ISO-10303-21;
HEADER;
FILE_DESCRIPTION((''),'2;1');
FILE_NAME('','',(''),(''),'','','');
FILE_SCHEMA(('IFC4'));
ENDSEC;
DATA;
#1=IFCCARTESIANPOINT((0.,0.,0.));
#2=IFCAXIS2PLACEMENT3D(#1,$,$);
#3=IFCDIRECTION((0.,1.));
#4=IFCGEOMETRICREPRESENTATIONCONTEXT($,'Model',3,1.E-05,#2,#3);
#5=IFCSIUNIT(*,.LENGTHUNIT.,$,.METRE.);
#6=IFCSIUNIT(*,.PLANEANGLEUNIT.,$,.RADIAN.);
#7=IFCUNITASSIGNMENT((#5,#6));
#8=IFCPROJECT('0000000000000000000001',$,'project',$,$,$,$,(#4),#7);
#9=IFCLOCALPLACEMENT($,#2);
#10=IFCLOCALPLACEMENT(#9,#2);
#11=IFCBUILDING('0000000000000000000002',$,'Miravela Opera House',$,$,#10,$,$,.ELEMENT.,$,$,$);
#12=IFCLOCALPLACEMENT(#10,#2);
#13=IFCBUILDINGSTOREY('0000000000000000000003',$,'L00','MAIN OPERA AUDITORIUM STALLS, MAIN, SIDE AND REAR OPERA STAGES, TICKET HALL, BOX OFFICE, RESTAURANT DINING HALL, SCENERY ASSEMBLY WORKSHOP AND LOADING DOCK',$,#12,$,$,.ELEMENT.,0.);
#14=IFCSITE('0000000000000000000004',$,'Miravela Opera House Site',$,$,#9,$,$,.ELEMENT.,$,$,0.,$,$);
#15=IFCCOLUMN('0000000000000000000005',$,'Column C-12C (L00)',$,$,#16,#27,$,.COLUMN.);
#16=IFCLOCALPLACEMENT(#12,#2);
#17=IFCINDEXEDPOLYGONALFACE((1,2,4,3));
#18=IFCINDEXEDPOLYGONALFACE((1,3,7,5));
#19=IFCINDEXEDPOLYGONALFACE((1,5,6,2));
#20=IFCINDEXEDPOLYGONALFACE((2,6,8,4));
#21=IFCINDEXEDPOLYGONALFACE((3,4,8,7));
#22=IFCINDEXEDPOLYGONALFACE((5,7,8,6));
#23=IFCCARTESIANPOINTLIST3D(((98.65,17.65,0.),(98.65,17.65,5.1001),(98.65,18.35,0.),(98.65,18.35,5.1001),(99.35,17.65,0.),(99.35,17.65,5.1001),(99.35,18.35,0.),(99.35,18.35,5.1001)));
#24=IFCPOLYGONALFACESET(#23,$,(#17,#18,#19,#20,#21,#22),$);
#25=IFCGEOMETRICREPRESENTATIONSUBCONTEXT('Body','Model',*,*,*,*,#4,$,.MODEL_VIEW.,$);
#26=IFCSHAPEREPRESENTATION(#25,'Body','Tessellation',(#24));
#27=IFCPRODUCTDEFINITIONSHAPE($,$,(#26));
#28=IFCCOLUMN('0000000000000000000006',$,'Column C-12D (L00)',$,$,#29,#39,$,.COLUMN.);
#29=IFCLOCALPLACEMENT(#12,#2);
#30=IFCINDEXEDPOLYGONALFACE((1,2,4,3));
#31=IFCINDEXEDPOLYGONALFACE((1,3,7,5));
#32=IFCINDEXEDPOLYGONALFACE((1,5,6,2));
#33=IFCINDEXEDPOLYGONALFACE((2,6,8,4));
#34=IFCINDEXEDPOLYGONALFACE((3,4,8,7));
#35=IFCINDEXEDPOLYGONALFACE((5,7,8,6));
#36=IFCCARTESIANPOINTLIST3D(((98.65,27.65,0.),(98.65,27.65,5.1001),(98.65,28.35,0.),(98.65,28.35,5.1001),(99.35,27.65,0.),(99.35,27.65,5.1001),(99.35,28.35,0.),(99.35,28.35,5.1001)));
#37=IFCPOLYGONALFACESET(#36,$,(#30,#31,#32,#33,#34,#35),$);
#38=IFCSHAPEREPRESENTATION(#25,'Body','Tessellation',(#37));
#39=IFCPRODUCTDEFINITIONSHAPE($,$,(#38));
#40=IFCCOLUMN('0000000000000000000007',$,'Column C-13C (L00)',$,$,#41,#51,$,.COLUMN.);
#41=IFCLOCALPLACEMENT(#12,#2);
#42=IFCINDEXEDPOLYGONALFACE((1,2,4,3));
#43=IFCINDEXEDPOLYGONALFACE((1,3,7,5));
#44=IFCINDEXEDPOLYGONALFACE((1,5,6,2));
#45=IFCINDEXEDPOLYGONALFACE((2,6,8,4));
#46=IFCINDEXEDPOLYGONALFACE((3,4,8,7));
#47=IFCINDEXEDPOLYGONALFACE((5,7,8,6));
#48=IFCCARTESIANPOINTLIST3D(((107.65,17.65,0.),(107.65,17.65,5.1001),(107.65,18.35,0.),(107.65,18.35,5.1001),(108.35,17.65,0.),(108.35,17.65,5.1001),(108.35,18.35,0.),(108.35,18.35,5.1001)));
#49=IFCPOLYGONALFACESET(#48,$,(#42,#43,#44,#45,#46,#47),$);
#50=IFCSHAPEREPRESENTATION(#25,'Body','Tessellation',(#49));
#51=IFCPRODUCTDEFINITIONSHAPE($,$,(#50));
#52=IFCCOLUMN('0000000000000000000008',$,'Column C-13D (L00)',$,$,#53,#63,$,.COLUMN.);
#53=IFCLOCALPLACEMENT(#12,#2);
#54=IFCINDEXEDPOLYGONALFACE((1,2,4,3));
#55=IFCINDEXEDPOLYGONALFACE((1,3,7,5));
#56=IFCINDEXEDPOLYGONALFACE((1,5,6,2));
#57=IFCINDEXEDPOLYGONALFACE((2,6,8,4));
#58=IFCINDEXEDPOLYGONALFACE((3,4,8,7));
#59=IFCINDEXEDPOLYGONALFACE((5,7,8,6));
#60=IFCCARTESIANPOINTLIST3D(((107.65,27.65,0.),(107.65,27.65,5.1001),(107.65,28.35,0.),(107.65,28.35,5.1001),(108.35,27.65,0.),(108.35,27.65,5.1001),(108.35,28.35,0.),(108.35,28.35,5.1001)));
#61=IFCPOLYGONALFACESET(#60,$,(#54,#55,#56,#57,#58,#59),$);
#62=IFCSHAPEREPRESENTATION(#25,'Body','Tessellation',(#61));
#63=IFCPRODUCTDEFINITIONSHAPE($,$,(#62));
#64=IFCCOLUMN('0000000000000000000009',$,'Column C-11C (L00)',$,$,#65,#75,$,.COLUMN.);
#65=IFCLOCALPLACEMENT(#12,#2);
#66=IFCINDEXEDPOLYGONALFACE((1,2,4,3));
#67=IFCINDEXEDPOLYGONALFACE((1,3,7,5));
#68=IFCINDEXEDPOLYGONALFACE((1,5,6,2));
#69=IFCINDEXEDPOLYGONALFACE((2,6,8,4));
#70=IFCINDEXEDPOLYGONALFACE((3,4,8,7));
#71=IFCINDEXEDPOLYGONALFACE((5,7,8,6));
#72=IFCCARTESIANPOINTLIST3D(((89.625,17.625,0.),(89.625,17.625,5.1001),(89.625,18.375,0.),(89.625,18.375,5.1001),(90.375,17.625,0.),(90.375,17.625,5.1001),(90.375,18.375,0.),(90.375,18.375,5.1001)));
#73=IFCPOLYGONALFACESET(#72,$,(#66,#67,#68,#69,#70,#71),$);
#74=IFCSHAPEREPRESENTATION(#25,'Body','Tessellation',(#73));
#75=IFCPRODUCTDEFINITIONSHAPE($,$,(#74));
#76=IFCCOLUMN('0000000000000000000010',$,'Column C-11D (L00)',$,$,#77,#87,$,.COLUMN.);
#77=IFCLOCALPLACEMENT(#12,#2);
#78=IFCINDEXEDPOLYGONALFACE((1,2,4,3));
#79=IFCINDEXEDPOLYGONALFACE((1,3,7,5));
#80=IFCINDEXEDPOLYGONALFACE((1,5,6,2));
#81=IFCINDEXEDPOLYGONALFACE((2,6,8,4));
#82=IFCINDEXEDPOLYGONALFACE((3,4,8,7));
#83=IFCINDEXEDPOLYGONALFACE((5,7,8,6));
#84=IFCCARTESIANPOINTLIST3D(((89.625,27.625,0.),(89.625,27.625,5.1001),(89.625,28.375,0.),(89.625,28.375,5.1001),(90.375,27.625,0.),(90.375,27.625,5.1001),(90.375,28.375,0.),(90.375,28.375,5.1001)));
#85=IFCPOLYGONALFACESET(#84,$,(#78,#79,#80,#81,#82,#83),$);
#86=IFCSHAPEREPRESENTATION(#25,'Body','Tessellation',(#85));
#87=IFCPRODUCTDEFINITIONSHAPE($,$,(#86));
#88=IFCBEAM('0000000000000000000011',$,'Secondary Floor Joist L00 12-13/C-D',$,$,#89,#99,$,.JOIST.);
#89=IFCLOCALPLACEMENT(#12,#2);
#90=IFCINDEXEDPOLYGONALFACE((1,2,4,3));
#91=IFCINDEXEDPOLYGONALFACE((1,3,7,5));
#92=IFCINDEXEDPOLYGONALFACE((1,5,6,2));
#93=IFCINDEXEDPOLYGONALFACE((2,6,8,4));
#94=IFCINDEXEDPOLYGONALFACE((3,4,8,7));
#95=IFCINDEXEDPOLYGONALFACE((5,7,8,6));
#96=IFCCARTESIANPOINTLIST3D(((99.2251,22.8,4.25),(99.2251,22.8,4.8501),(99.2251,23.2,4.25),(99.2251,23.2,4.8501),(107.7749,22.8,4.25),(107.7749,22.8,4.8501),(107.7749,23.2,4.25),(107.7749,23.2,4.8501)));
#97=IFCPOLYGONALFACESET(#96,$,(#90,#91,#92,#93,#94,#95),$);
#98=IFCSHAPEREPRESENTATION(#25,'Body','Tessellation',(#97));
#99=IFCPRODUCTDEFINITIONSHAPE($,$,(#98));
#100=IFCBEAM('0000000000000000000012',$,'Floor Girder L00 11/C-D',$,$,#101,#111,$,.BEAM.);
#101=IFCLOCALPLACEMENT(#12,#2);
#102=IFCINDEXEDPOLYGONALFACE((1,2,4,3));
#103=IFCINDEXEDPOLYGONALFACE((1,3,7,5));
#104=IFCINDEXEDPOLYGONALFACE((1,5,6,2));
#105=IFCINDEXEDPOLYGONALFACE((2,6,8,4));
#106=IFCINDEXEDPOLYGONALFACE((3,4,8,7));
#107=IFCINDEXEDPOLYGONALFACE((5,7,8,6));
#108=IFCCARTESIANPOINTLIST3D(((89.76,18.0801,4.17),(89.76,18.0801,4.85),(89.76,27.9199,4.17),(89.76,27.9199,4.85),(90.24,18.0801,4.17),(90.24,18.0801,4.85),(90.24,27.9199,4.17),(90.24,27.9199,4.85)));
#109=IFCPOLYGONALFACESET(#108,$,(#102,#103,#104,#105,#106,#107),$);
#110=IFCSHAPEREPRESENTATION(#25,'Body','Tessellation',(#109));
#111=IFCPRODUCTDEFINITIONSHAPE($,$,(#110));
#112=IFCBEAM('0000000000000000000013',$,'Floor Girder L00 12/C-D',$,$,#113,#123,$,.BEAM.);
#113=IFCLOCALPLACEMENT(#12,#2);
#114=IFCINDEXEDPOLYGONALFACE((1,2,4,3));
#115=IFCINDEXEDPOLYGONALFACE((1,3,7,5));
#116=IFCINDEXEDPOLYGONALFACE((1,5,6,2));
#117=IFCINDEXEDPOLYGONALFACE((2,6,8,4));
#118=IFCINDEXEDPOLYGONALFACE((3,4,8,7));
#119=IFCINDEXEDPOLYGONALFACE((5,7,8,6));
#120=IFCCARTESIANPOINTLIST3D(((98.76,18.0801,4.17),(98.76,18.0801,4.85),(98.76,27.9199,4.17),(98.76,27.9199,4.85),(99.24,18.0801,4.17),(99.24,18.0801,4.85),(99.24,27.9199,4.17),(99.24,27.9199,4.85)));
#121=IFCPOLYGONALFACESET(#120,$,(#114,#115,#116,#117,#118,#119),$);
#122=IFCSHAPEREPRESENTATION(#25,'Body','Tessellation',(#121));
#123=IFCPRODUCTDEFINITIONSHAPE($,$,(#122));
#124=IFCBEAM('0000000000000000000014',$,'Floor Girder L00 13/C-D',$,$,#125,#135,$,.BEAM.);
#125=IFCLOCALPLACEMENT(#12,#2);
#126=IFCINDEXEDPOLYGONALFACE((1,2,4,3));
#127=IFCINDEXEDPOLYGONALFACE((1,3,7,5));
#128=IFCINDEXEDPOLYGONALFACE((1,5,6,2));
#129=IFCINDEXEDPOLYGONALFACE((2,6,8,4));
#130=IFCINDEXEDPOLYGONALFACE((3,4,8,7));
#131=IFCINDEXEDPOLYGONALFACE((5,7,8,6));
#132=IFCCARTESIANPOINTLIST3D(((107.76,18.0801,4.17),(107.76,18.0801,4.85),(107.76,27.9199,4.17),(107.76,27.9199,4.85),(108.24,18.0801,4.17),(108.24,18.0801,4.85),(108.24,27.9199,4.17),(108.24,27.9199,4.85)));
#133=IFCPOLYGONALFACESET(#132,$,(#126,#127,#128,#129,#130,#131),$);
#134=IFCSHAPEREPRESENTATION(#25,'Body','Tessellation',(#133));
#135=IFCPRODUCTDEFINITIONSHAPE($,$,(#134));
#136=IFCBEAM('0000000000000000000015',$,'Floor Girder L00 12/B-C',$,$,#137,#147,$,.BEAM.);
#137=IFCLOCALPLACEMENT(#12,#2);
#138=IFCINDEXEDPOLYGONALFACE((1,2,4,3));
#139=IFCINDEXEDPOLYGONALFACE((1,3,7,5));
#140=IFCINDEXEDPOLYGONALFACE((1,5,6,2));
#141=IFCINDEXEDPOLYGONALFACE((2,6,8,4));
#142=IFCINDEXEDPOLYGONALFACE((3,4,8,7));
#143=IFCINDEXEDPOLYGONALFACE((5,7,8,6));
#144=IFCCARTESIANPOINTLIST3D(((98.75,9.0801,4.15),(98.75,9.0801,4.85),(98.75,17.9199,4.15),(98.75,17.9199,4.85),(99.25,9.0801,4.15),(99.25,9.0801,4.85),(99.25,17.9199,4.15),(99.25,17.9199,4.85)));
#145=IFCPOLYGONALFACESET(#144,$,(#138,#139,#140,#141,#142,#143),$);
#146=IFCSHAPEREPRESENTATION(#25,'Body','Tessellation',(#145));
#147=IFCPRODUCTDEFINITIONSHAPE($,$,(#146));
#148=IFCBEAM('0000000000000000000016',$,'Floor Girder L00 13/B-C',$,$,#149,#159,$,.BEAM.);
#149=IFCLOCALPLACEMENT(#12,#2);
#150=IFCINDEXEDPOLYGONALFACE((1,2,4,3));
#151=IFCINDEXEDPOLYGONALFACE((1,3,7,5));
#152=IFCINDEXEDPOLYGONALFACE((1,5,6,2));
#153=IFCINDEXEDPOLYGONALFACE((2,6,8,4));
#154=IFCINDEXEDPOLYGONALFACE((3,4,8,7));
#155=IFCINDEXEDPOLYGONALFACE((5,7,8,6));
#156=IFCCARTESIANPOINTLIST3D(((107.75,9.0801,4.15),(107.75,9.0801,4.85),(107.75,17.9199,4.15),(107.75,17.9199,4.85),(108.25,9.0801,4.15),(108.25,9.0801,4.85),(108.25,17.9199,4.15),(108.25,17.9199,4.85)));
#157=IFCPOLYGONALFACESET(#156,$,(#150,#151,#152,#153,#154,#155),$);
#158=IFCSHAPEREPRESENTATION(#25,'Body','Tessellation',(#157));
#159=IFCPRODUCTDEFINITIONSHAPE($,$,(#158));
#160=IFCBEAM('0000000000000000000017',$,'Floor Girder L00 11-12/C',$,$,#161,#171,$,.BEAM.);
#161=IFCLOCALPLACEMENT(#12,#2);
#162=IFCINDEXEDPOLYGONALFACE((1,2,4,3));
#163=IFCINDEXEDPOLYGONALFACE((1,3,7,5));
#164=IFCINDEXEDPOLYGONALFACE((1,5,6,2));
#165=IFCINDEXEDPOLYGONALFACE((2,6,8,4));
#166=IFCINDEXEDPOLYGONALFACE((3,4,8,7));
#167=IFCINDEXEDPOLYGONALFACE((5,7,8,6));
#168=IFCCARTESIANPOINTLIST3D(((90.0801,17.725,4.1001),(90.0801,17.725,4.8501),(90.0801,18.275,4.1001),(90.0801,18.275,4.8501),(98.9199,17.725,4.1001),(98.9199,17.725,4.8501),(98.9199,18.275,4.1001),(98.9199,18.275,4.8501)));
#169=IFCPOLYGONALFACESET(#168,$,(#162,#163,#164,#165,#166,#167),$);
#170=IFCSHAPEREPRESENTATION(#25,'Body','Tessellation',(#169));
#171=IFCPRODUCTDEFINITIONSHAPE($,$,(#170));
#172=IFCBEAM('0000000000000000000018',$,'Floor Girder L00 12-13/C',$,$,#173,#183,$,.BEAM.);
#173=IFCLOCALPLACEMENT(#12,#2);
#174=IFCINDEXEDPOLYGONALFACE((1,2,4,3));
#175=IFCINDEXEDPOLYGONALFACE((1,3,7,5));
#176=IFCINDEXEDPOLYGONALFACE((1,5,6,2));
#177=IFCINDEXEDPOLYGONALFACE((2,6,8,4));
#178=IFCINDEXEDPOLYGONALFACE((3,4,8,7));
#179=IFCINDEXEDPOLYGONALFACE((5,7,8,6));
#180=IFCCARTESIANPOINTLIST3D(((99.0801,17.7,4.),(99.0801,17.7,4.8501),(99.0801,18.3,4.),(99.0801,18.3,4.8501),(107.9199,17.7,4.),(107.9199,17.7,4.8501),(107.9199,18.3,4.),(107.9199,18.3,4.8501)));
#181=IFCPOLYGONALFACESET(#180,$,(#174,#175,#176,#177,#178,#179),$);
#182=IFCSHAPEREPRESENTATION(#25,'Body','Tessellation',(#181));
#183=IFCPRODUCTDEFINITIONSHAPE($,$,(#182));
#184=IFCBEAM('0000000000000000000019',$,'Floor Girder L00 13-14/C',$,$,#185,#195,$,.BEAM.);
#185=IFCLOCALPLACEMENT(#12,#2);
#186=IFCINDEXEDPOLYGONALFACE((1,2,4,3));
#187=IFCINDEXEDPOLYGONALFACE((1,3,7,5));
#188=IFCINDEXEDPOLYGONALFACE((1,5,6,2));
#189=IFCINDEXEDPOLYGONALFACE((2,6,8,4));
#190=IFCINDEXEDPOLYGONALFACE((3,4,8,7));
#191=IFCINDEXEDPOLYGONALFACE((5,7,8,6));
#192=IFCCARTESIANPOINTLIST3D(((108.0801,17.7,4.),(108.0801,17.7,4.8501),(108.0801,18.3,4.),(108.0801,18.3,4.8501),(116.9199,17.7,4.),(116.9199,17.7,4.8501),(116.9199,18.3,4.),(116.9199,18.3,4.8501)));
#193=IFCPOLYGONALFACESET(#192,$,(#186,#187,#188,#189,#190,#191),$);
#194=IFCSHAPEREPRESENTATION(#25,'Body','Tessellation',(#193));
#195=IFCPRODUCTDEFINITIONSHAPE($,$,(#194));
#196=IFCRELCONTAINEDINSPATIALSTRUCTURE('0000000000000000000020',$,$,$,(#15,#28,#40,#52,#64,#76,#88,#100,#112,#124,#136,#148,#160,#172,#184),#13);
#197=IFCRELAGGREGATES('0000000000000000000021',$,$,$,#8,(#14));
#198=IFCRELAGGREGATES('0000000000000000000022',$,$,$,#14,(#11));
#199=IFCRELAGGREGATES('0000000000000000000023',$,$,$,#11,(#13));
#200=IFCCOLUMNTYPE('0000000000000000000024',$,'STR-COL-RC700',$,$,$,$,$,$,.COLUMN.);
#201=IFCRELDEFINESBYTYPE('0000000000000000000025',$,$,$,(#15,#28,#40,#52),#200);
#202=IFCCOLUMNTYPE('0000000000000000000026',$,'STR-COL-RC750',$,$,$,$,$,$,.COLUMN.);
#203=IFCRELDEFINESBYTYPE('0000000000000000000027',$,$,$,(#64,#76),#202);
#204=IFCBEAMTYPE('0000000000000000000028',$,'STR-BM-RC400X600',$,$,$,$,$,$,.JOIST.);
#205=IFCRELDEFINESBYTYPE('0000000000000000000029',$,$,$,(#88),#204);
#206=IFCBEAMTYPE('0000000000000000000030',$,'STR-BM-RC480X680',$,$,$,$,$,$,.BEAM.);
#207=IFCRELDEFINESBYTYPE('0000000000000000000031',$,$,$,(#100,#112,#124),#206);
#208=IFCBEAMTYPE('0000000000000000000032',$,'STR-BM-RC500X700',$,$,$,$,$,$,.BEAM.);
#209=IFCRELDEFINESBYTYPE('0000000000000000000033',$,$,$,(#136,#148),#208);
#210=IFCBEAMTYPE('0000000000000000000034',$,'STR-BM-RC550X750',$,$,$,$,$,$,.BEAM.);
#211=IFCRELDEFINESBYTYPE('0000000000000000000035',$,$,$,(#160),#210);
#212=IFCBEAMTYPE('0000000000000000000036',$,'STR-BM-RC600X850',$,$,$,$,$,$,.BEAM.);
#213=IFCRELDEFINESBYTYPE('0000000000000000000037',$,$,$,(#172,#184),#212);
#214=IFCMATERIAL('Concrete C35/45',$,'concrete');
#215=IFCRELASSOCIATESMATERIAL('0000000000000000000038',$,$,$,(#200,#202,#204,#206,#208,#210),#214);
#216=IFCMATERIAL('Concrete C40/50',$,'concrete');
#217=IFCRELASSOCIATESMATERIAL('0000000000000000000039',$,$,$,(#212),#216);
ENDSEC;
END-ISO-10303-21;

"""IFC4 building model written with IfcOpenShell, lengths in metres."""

from ifc_helpers import new_model, si_unit, direction, frame, origin, origin_2d, place, context, subcontext, project, spatial, rectangle, extrude, material, material_profile, profile_set, type_object, element, save


model = new_model("IFC4")

# Units and contexts
model_context = context("Model", 3, precision=1e-05, world=origin(), true_north=direction((0.0, 1.0)))
body_context = subcontext(model_context, "Body", "Model", "MODEL_VIEW")
ifc_project = project(units=[si_unit("LENGTHUNIT", "METRE"), si_unit("PLANEANGLEUNIT", "RADIAN")], contexts=[model_context])

# Site, building, storey
site_placement = place(None, origin())
site = spatial("IfcSite", under=ifc_project, at=site_placement, Name="Miravela Opera House Site", CompositionType="ELEMENT", RefElevation=0.0)
building_placement = place(site_placement, origin())
building = spatial("IfcBuilding", under=site, at=building_placement, Name="Miravela Opera House", CompositionType="ELEMENT")
storey_placement = place(building_placement, origin())
storey = spatial("IfcBuildingStorey", under=building, at=storey_placement, Name="L00", Description="MAIN OPERA AUDITORIUM STALLS, MAIN, SIDE AND REAR OPERA STAGES, TICKET HALL, BOX OFFICE, RESTAURANT DINING HALL, SCENERY ASSEMBLY WORKSHOP AND LOADING DOCK", CompositionType="ELEMENT", Elevation=0.0)

# Columns
ifc_material_1 = material(Name="Concrete C35/45", Category="concrete")
ifc_material_profile_1 = material_profile(ifc_material_1, rectangle(XDim=0.7, YDim=0.7, at=origin_2d()), Name="RC-COL-700X700")
ifc_profile_set_1 = profile_set([ifc_material_profile_1])
column_type_1 = type_object("IfcColumnType", Name="STR-COL-RC700", PredefinedType="COLUMN", material=ifc_profile_set_1)
for number, where, z_axis, x_axis, name in (
    (1, (99.0, 18.0, 0.0), (0.0, 0.0, 1.0), (1.0, 0.0, 0.0), "Column C-12C (L00)"),
    (2, (99.0, 28.0, 0.0), (0.0, 0.0, 1.0), (1.0, 0.0, 0.0), "Column C-12D (L00)"),
    (3, (108.0, 18.0, 0.0), (0.0, 0.0, 1.0), (1.0, 0.0, 0.0), "Column C-13C (L00)"),
    (4, (108.0, 28.0, 0.0), (0.0, 0.0, 1.0), (1.0, 0.0, 0.0), "Column C-13D (L00)"),
):
    element("IfcColumn", number, at=place(storey_placement, frame(where, z_axis=z_axis, x_axis=x_axis)), inside=storey, type_object=column_type_1, Name=name, PredefinedType="COLUMN", context=body_context, shape_type="SweptSolid", body=[
        extrude(rectangle(XDim=0.7, YDim=0.7, at=origin_2d()), origin(), (0.0, 0.0, 1.0), 5.1001),
    ])
ifc_material_profile_2 = material_profile(ifc_material_1, rectangle(XDim=0.75, YDim=0.75, at=origin_2d()), Name="RC-COL-750X750")
ifc_profile_set_2 = profile_set([ifc_material_profile_2])
column_type_2 = type_object("IfcColumnType", Name="STR-COL-RC750", PredefinedType="COLUMN", material=ifc_profile_set_2)
for number, where, z_axis, x_axis, name in (
    (5, (90.0, 18.0, 0.0), (0.0, 0.0, 1.0), (1.0, 0.0, 0.0), "Column C-11C (L00)"),
    (6, (90.0, 28.0, 0.0), (0.0, 0.0, 1.0), (1.0, 0.0, 0.0), "Column C-11D (L00)"),
):
    element("IfcColumn", number, at=place(storey_placement, frame(where, z_axis=z_axis, x_axis=x_axis)), inside=storey, type_object=column_type_2, Name=name, PredefinedType="COLUMN", context=body_context, shape_type="SweptSolid", body=[
        extrude(rectangle(XDim=0.75, YDim=0.75, at=origin_2d()), origin(), (0.0, 0.0, 1.0), 5.1001),
    ])

# Beams
ifc_material_profile_3 = material_profile(ifc_material_1, rectangle(XDim=0.3999, YDim=0.6001, at=origin_2d()), Name="RC-BM-400X600")
ifc_profile_set_3 = profile_set([ifc_material_profile_3])
beam_type_1 = type_object("IfcBeamType", Name="STR-BM-RC400X600", PredefinedType="JOIST", material=ifc_profile_set_3)
beam_1_placement = place(storey_placement, frame((99.2251, 23.0, 4.55), z_axis=(1.0, 0.0, 0.0), x_axis=(0.0, 1.0, 0.0)))
element("IfcBeam", 7, at=beam_1_placement, inside=storey, type_object=beam_type_1, Name="Secondary Floor Joist L00 12-13/C-D", PredefinedType="JOIST", context=body_context, shape_type="SweptSolid", body=[
    extrude(rectangle(XDim=0.3999, YDim=0.6001, at=origin_2d()), origin(), (0.0, 0.0, 1.0), 8.5498),
])
ifc_material_profile_4 = material_profile(ifc_material_1, rectangle(XDim=0.48, YDim=0.6799, at=origin_2d()), Name="RC-BM-480X680")
ifc_profile_set_4 = profile_set([ifc_material_profile_4])
beam_type_2 = type_object("IfcBeamType", Name="STR-BM-RC480X680", PredefinedType="BEAM", material=ifc_profile_set_4)
for number, where, z_axis, x_axis, name in (
    (8, (90.0, 18.0801, 4.51), (0.0, 1.0, 0.0), (-1.0, 0.0, 0.0), "Floor Girder L00 11/C-D"),
    (9, (99.0, 18.0801, 4.51), (0.0, 1.0, 0.0), (-1.0, 0.0, 0.0), "Floor Girder L00 12/C-D"),
    (10, (108.0, 18.0801, 4.51), (0.0, 1.0, 0.0), (-1.0, 0.0, 0.0), "Floor Girder L00 13/C-D"),
):
    element("IfcBeam", number, at=place(storey_placement, frame(where, z_axis=z_axis, x_axis=x_axis)), inside=storey, type_object=beam_type_2, Name=name, PredefinedType="BEAM", context=body_context, shape_type="SweptSolid", body=[
        extrude(rectangle(XDim=0.48, YDim=0.6799, at=origin_2d()), origin(), (0.0, 0.0, 1.0), 9.8398),
    ])
ifc_material_profile_5 = material_profile(ifc_material_1, rectangle(XDim=0.5, YDim=0.7, at=origin_2d()), Name="RC-BM-500X700")
ifc_profile_set_5 = profile_set([ifc_material_profile_5])
beam_type_3 = type_object("IfcBeamType", Name="STR-BM-RC500X700", PredefinedType="BEAM", material=ifc_profile_set_5)
for number, where, z_axis, x_axis, name in (
    (11, (99.0, 9.0801, 4.5), (0.0, 1.0, 0.0), (-1.0, 0.0, 0.0), "Floor Girder L00 12/B-C"),
    (12, (108.0, 9.0801, 4.5), (0.0, 1.0, 0.0), (-1.0, 0.0, 0.0), "Floor Girder L00 13/B-C"),
):
    element("IfcBeam", number, at=place(storey_placement, frame(where, z_axis=z_axis, x_axis=x_axis)), inside=storey, type_object=beam_type_3, Name=name, PredefinedType="BEAM", context=body_context, shape_type="SweptSolid", body=[
        extrude(rectangle(XDim=0.5, YDim=0.7, at=origin_2d()), origin(), (0.0, 0.0, 1.0), 8.8398),
    ])
ifc_material_profile_6 = material_profile(ifc_material_1, rectangle(XDim=0.55, YDim=0.75, at=origin_2d()), Name="RC-BM-550X750")
ifc_profile_set_6 = profile_set([ifc_material_profile_6])
beam_type_4 = type_object("IfcBeamType", Name="STR-BM-RC550X750", PredefinedType="BEAM", material=ifc_profile_set_6)
beam_2_placement = place(storey_placement, frame((90.0801, 18.0, 4.4751), z_axis=(1.0, 0.0, 0.0), x_axis=(0.0, 1.0, 0.0)))
element("IfcBeam", 13, at=beam_2_placement, inside=storey, type_object=beam_type_4, Name="Floor Girder L00 11-12/C", PredefinedType="BEAM", context=body_context, shape_type="SweptSolid", body=[
    extrude(rectangle(XDim=0.55, YDim=0.75, at=origin_2d()), origin(), (0.0, 0.0, 1.0), 8.8398),
])
ifc_material_2 = material(Name="Concrete C40/50", Category="concrete")
ifc_material_profile_7 = material_profile(ifc_material_2, rectangle(XDim=0.6001, YDim=0.8501, at=origin_2d()), Name="RC-BM-600X850")
ifc_profile_set_7 = profile_set([ifc_material_profile_7])
beam_type_5 = type_object("IfcBeamType", Name="STR-BM-RC600X850", PredefinedType="BEAM", material=ifc_profile_set_7)
for number, where, z_axis, x_axis, name in (
    (14, (99.0801, 18.0, 4.425), (1.0, 0.0, 0.0), (0.0, 1.0, 0.0), "Floor Girder L00 12-13/C"),
    (15, (108.0801, 18.0, 4.425), (1.0, 0.0, 0.0), (0.0, 1.0, 0.0), "Floor Girder L00 13-14/C"),
):
    element("IfcBeam", number, at=place(storey_placement, frame(where, z_axis=z_axis, x_axis=x_axis)), inside=storey, type_object=beam_type_5, Name=name, PredefinedType="BEAM", context=body_context, shape_type="SweptSolid", body=[
        extrude(rectangle(XDim=0.6001, YDim=0.8501, at=origin_2d()), origin(), (0.0, 0.0, 1.0), 8.8398),
    ])

save(model, "model.ifc")
